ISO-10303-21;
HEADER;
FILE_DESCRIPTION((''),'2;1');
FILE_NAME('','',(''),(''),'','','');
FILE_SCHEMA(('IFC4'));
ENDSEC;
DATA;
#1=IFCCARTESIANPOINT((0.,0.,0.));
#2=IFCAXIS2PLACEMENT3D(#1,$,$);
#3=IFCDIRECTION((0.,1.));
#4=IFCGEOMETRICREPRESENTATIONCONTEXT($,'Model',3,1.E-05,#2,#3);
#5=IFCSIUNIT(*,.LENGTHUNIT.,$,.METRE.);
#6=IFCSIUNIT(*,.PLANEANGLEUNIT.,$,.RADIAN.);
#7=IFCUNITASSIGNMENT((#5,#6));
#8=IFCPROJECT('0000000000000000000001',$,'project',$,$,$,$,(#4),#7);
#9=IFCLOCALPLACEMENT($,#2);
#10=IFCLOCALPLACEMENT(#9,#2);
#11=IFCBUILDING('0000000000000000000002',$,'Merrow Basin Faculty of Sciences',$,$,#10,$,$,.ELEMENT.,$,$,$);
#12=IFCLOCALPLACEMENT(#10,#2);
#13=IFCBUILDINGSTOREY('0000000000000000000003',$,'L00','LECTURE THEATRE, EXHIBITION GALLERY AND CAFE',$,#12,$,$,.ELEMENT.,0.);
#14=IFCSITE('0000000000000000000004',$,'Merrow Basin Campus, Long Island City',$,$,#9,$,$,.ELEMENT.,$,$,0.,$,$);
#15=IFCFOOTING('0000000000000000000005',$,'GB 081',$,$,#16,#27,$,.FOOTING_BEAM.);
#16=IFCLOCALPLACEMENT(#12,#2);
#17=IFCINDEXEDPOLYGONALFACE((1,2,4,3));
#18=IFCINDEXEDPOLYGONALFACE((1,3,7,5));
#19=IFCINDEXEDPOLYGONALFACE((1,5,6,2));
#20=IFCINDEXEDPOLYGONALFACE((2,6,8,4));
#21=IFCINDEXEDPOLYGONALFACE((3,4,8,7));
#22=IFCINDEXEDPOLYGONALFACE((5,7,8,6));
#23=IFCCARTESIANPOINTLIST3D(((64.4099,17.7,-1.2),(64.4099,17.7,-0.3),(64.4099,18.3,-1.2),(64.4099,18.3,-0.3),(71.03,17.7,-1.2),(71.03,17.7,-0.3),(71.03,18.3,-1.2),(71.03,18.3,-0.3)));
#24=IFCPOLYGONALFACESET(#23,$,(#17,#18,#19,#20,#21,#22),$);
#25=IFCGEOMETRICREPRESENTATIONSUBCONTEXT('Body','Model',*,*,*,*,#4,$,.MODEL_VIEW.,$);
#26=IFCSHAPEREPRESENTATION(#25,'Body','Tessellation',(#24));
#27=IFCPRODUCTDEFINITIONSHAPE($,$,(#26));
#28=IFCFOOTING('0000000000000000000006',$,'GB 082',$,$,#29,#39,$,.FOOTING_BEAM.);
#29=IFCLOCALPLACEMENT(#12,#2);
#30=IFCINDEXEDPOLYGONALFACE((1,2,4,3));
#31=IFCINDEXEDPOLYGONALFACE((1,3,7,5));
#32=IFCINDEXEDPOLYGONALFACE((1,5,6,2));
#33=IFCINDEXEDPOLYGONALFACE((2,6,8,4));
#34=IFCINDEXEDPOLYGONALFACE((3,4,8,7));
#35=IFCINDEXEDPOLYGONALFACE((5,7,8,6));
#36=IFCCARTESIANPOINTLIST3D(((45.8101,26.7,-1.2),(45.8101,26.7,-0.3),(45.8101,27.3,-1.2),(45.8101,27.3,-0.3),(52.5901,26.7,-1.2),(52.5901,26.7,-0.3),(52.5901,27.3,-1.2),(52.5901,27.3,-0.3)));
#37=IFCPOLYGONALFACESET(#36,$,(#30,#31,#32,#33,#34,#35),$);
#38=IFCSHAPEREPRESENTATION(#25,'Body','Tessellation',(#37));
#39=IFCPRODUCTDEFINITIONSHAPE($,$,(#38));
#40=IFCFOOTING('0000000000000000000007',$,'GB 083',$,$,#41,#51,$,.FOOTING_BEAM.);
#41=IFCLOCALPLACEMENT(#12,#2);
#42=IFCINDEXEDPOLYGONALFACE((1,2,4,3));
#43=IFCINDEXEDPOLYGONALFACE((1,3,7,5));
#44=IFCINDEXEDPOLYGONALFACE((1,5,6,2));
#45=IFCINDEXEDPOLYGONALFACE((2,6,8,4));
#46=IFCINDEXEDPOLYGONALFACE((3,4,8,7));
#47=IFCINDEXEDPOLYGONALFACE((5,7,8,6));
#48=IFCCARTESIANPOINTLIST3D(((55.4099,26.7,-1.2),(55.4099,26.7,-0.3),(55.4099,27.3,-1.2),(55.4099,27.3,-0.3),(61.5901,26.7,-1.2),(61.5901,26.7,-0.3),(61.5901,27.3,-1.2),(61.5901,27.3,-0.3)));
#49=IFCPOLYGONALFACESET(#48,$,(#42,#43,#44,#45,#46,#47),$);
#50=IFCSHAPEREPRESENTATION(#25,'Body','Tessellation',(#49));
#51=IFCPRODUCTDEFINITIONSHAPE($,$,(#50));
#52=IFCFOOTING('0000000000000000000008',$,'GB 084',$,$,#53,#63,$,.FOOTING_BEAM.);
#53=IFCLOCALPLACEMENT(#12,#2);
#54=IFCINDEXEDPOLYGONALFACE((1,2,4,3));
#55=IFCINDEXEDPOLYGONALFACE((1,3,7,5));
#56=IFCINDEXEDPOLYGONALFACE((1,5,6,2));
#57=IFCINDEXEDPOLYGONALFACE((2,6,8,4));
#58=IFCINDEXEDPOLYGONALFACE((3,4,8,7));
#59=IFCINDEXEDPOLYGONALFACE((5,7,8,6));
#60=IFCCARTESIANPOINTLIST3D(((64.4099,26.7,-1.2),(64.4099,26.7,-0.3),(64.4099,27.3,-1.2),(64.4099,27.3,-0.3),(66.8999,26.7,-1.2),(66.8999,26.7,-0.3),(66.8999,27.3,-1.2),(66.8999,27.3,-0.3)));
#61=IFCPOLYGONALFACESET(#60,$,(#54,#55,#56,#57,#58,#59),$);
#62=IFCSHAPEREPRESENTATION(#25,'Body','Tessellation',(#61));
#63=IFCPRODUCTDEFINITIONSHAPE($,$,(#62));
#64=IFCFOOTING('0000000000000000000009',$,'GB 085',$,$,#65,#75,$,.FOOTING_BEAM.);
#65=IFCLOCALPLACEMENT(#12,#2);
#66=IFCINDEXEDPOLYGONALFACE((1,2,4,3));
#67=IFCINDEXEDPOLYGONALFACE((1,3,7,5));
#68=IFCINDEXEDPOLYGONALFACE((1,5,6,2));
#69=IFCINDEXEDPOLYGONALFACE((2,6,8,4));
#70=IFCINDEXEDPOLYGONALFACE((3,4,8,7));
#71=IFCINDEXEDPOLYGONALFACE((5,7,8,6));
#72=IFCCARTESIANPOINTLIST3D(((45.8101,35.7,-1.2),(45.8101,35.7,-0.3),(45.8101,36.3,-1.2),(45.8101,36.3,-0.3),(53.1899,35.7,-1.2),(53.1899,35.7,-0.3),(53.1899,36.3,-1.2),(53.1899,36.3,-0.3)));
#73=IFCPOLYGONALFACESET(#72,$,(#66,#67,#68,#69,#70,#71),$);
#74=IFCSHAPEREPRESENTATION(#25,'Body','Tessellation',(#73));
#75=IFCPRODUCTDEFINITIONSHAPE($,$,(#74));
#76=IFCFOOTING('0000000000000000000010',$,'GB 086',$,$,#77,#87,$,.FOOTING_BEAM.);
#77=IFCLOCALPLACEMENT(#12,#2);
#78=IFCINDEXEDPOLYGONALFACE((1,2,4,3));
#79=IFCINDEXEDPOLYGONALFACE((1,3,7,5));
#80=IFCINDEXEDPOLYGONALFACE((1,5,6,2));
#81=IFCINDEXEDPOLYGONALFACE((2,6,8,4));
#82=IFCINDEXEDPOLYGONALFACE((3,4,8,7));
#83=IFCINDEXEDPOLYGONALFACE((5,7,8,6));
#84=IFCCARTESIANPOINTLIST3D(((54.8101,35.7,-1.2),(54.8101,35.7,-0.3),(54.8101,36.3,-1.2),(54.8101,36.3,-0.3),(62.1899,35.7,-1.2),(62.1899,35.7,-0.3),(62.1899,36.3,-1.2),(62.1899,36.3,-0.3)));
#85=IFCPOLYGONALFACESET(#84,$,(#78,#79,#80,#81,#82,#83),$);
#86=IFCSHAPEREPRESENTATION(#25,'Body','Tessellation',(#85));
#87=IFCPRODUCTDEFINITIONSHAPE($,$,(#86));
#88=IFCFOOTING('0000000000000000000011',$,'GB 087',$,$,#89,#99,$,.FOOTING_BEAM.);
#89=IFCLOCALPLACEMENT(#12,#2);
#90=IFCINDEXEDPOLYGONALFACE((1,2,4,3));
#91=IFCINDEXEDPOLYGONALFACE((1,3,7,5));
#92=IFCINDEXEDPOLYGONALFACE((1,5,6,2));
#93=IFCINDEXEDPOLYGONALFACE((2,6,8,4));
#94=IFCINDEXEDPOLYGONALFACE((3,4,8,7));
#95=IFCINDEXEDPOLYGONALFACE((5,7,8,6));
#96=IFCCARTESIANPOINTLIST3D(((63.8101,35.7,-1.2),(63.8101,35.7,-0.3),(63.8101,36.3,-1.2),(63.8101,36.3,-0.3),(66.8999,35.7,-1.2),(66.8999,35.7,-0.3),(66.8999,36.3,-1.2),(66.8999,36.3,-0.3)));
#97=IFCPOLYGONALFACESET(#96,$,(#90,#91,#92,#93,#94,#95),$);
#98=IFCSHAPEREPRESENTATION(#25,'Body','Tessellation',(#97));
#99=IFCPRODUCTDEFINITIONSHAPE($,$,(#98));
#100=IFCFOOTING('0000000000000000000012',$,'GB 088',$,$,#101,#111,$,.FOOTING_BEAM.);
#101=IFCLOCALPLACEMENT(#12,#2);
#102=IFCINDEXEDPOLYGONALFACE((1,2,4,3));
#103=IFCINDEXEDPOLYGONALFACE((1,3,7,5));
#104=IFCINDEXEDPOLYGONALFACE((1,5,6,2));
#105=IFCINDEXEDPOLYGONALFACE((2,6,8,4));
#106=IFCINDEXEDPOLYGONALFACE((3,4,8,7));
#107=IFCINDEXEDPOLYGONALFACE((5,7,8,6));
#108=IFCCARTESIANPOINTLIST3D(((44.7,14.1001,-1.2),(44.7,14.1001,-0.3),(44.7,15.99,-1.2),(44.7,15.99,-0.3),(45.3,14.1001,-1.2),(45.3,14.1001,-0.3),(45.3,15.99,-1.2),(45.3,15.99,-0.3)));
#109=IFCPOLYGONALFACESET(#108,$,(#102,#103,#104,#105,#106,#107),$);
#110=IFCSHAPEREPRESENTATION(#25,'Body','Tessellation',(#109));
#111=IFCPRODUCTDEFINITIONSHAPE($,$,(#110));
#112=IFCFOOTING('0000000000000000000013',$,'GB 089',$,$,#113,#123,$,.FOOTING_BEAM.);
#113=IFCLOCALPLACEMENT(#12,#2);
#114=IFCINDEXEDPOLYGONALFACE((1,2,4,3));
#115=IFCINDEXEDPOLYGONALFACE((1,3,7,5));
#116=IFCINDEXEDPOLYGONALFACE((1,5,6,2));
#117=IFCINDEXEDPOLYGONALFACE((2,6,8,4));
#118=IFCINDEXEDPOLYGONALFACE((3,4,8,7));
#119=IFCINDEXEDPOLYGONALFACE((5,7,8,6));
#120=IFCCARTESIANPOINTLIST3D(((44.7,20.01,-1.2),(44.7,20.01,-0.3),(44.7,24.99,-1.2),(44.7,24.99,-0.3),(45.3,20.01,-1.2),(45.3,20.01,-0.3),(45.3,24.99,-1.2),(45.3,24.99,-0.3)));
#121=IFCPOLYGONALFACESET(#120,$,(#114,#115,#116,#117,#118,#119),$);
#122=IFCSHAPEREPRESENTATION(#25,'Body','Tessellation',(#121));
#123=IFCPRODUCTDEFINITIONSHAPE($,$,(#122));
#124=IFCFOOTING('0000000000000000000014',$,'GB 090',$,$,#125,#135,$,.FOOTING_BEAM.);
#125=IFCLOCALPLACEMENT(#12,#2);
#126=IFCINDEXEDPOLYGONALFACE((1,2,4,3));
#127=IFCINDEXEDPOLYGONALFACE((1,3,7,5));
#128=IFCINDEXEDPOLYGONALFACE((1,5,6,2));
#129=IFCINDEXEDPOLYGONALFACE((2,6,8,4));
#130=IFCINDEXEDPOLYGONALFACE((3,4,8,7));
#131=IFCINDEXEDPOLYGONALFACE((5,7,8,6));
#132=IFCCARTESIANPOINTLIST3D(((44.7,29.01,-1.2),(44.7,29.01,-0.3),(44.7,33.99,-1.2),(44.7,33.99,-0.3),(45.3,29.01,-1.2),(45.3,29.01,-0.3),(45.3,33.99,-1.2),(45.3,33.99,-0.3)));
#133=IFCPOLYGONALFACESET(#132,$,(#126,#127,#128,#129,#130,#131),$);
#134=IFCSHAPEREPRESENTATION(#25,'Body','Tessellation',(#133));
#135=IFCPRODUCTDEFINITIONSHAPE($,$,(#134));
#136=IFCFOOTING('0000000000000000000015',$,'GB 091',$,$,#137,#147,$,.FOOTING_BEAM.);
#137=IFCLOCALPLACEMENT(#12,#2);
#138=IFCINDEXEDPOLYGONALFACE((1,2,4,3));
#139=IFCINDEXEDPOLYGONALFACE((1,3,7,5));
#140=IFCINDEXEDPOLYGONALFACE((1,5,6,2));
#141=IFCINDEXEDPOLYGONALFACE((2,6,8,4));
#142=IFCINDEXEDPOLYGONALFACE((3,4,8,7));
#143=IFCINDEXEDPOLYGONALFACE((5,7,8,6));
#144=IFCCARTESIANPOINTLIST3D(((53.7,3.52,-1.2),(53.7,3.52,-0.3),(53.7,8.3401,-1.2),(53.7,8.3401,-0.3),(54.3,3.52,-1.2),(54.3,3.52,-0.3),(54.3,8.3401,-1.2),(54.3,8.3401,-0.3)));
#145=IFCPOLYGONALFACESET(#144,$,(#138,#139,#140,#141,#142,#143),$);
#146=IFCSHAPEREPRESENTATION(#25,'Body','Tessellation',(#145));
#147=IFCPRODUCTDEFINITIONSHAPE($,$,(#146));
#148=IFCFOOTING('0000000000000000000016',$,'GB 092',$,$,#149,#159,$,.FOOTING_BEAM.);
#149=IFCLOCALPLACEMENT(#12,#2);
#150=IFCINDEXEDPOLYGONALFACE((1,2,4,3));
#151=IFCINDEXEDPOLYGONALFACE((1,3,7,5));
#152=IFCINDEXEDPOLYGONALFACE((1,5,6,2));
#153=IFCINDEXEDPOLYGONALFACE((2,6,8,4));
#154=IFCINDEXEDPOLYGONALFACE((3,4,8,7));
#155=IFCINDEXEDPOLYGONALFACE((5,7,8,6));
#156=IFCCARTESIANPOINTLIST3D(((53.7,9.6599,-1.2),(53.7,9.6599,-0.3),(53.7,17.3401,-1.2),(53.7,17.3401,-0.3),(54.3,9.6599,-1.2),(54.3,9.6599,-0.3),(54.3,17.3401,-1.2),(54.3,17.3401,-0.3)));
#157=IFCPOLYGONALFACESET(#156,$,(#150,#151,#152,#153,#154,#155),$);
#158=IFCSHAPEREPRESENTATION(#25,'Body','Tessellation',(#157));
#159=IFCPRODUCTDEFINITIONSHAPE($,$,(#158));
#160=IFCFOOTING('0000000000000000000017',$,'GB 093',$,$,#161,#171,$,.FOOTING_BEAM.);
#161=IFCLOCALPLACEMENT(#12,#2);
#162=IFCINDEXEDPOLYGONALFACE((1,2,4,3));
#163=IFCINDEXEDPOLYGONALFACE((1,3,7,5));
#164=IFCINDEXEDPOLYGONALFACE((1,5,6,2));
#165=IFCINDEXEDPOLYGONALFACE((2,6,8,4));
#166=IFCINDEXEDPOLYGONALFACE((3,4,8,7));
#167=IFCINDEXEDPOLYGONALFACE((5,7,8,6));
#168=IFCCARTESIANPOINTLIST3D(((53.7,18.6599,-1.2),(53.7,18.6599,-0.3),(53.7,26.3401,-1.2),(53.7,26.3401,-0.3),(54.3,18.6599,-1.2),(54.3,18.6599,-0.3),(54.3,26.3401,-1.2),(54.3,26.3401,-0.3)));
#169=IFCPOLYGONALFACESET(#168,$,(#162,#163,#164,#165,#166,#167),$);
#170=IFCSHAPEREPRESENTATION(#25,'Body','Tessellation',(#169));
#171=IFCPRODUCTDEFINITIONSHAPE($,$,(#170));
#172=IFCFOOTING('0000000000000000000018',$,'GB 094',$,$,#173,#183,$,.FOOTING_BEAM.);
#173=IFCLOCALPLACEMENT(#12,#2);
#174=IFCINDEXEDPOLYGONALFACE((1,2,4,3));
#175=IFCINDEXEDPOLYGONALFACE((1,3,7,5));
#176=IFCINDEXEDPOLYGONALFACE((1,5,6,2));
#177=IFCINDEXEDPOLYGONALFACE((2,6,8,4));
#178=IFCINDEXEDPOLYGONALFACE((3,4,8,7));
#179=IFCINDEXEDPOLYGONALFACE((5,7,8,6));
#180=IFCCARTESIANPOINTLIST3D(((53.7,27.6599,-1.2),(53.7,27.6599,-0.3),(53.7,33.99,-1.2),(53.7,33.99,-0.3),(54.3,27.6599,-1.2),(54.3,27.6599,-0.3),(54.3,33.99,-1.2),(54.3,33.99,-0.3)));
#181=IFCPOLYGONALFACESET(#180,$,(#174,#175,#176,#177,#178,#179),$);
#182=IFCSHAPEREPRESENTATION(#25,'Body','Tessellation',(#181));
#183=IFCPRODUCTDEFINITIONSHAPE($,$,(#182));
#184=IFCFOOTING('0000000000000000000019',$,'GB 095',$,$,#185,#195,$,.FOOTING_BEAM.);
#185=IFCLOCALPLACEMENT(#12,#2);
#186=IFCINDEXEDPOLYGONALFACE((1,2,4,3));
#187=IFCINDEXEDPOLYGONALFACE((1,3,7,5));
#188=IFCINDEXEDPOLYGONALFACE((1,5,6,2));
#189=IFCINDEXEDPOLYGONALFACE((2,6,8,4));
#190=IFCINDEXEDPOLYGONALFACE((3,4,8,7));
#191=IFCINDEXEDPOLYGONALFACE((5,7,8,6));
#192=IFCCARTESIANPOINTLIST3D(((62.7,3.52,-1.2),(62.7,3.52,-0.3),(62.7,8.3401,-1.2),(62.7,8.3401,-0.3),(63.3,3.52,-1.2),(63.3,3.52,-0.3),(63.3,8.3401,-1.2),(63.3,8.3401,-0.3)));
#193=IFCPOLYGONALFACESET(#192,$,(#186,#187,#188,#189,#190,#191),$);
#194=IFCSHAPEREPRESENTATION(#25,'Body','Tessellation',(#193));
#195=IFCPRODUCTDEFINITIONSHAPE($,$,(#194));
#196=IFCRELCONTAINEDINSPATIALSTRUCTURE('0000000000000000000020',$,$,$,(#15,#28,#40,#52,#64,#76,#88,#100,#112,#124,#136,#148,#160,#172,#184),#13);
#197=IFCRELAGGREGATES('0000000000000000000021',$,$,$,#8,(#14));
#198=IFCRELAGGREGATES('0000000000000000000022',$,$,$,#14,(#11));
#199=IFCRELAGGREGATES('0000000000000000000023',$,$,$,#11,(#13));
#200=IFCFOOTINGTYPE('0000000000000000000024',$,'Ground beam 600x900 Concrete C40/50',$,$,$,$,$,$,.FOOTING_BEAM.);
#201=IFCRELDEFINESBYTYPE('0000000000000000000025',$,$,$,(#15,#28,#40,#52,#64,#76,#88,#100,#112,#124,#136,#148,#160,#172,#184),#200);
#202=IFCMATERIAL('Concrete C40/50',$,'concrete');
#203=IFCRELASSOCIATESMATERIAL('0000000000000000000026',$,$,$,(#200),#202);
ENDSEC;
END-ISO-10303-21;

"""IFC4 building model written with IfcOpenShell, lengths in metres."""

from ifc_helpers import new_model, si_unit, direction, frame, origin, place, context, subcontext, project, spatial, polyline, outline, extrude, material, type_object, element, save


model = new_model("IFC4")

# Units and contexts
model_context = context("Model", 3, precision=1e-05, world=origin(), true_north=direction((0.0, 1.0)))
body_context = subcontext(model_context, "Body", "Model", "MODEL_VIEW")
ifc_project = project(units=[si_unit("LENGTHUNIT", "METRE"), si_unit("PLANEANGLEUNIT", "RADIAN")], contexts=[model_context])

# Site, building, storey
site_placement = place(None, origin())
site = spatial("IfcSite", under=ifc_project, at=site_placement, Name="Merrow Basin Campus, Long Island City", CompositionType="ELEMENT", RefElevation=0.0)
building_placement = place(site_placement, origin())
building = spatial("IfcBuilding", under=site, at=building_placement, Name="Merrow Basin Faculty of Sciences", CompositionType="ELEMENT")
storey_placement = place(building_placement, origin())
storey = spatial("IfcBuildingStorey", under=building, at=storey_placement, Name="L00", Description="LECTURE THEATRE, EXHIBITION GALLERY AND CAFE", CompositionType="ELEMENT", Elevation=0.0)

# Footings
ifc_material = material(Name="Concrete C40/50", Category="concrete")
footing_type = type_object("IfcFootingType", Name="Ground beam 600x900 Concrete C40/50", PredefinedType="FOOTING_BEAM", material=ifc_material)
footing_1_placement = place(storey_placement, frame((0.0, 0.0, -1.2)))
element("IfcFooting", 1, at=footing_1_placement, inside=storey, type_object=footing_type, Name="GB 081", PredefinedType="FOOTING_BEAM", context=body_context, shape_type="SweptSolid", body=[
    extrude(outline(polyline([(64.4099, 17.7), (71.03, 17.7), (71.03, 18.3), (64.4099, 18.3), (64.4099, 17.7)])), origin(), (0.0, 0.0, 1.0), 0.8999),
])
footing_2_placement = place(storey_placement, frame((0.0, 0.0, -1.2)))
element("IfcFooting", 2, at=footing_2_placement, inside=storey, type_object=footing_type, Name="GB 082", PredefinedType="FOOTING_BEAM", context=body_context, shape_type="SweptSolid", body=[
    extrude(outline(polyline([(45.8101, 26.7), (52.5901, 26.7), (52.5901, 27.3), (45.8101, 27.3), (45.8101, 26.7)])), origin(), (0.0, 0.0, 1.0), 0.8999),
])
footing_3_placement = place(storey_placement, frame((0.0, 0.0, -1.2)))
element("IfcFooting", 3, at=footing_3_placement, inside=storey, type_object=footing_type, Name="GB 083", PredefinedType="FOOTING_BEAM", context=body_context, shape_type="SweptSolid", body=[
    extrude(outline(polyline([(55.4099, 26.7), (61.5901, 26.7), (61.5901, 27.3), (55.4099, 27.3), (55.4099, 26.7)])), origin(), (0.0, 0.0, 1.0), 0.8999),
])
footing_4_placement = place(storey_placement, frame((0.0, 0.0, -1.2)))
element("IfcFooting", 4, at=footing_4_placement, inside=storey, type_object=footing_type, Name="GB 084", PredefinedType="FOOTING_BEAM", context=body_context, shape_type="SweptSolid", body=[
    extrude(outline(polyline([(64.4099, 26.7), (66.8999, 26.7), (66.8999, 27.3), (64.4099, 27.3), (64.4099, 26.7)])), origin(), (0.0, 0.0, 1.0), 0.8999),
])
footing_5_placement = place(storey_placement, frame((0.0, 0.0, -1.2)))
element("IfcFooting", 5, at=footing_5_placement, inside=storey, type_object=footing_type, Name="GB 085", PredefinedType="FOOTING_BEAM", context=body_context, shape_type="SweptSolid", body=[
    extrude(outline(polyline([(45.8101, 35.7), (53.1899, 35.7), (53.1899, 36.3), (45.8101, 36.3), (45.8101, 35.7)])), origin(), (0.0, 0.0, 1.0), 0.8999),
])
footing_6_placement = place(storey_placement, frame((0.0, 0.0, -1.2)))
element("IfcFooting", 6, at=footing_6_placement, inside=storey, type_object=footing_type, Name="GB 086", PredefinedType="FOOTING_BEAM", context=body_context, shape_type="SweptSolid", body=[
    extrude(outline(polyline([(54.8101, 35.7), (62.1899, 35.7), (62.1899, 36.3), (54.8101, 36.3), (54.8101, 35.7)])), origin(), (0.0, 0.0, 1.0), 0.8999),
])
footing_7_placement = place(storey_placement, frame((0.0, 0.0, -1.2)))
element("IfcFooting", 7, at=footing_7_placement, inside=storey, type_object=footing_type, Name="GB 087", PredefinedType="FOOTING_BEAM", context=body_context, shape_type="SweptSolid", body=[
    extrude(outline(polyline([(63.8101, 35.7), (66.8999, 35.7), (66.8999, 36.3), (63.8101, 36.3), (63.8101, 35.7)])), origin(), (0.0, 0.0, 1.0), 0.8999),
])
footing_8_placement = place(storey_placement, frame((0.0, 0.0, -1.2)))
element("IfcFooting", 8, at=footing_8_placement, inside=storey, type_object=footing_type, Name="GB 088", PredefinedType="FOOTING_BEAM", context=body_context, shape_type="SweptSolid", body=[
    extrude(outline(polyline([(44.7, 14.1001), (45.3, 14.1001), (45.3, 15.99), (44.7, 15.99), (44.7, 14.1001)])), origin(), (0.0, 0.0, 1.0), 0.8999),
])
footing_9_placement = place(storey_placement, frame((0.0, 0.0, -1.2)))
element("IfcFooting", 9, at=footing_9_placement, inside=storey, type_object=footing_type, Name="GB 089", PredefinedType="FOOTING_BEAM", context=body_context, shape_type="SweptSolid", body=[
    extrude(outline(polyline([(44.7, 20.01), (45.3, 20.01), (45.3, 24.99), (44.7, 24.99), (44.7, 20.01)])), origin(), (0.0, 0.0, 1.0), 0.8999),
])
footing_10_placement = place(storey_placement, frame((0.0, 0.0, -1.2)))
element("IfcFooting", 10, at=footing_10_placement, inside=storey, type_object=footing_type, Name="GB 090", PredefinedType="FOOTING_BEAM", context=body_context, shape_type="SweptSolid", body=[
    extrude(outline(polyline([(44.7, 29.01), (45.3, 29.01), (45.3, 33.99), (44.7, 33.99), (44.7, 29.01)])), origin(), (0.0, 0.0, 1.0), 0.8999),
])
footing_11_placement = place(storey_placement, frame((0.0, 0.0, -1.2)))
element("IfcFooting", 11, at=footing_11_placement, inside=storey, type_object=footing_type, Name="GB 091", PredefinedType="FOOTING_BEAM", context=body_context, shape_type="SweptSolid", body=[
    extrude(outline(polyline([(53.7, 3.52), (54.3, 3.52), (54.3, 8.3401), (53.7, 8.3401), (53.7, 3.52)])), origin(), (0.0, 0.0, 1.0), 0.8999),
])
footing_12_placement = place(storey_placement, frame((0.0, 0.0, -1.2)))
element("IfcFooting", 12, at=footing_12_placement, inside=storey, type_object=footing_type, Name="GB 092", PredefinedType="FOOTING_BEAM", context=body_context, shape_type="SweptSolid", body=[
    extrude(outline(polyline([(53.7, 9.6599), (54.3, 9.6599), (54.3, 17.3401), (53.7, 17.3401), (53.7, 9.6599)])), origin(), (0.0, 0.0, 1.0), 0.8999),
])
footing_13_placement = place(storey_placement, frame((0.0, 0.0, -1.2)))
element("IfcFooting", 13, at=footing_13_placement, inside=storey, type_object=footing_type, Name="GB 093", PredefinedType="FOOTING_BEAM", context=body_context, shape_type="SweptSolid", body=[
    extrude(outline(polyline([(53.7, 18.6599), (54.3, 18.6599), (54.3, 26.3401), (53.7, 26.3401), (53.7, 18.6599)])), origin(), (0.0, 0.0, 1.0), 0.8999),
])
footing_14_placement = place(storey_placement, frame((0.0, 0.0, -1.2)))
element("IfcFooting", 14, at=footing_14_placement, inside=storey, type_object=footing_type, Name="GB 094", PredefinedType="FOOTING_BEAM", context=body_context, shape_type="SweptSolid", body=[
    extrude(outline(polyline([(53.7, 27.6599), (54.3, 27.6599), (54.3, 33.99), (53.7, 33.99), (53.7, 27.6599)])), origin(), (0.0, 0.0, 1.0), 0.8999),
])
footing_15_placement = place(storey_placement, frame((0.0, 0.0, -1.2)))
element("IfcFooting", 15, at=footing_15_placement, inside=storey, type_object=footing_type, Name="GB 095", PredefinedType="FOOTING_BEAM", context=body_context, shape_type="SweptSolid", body=[
    extrude(outline(polyline([(62.7, 3.52), (63.3, 3.52), (63.3, 8.3401), (62.7, 8.3401), (62.7, 3.52)])), origin(), (0.0, 0.0, 1.0), 0.8999),
])

save(model, "model.ifc")
